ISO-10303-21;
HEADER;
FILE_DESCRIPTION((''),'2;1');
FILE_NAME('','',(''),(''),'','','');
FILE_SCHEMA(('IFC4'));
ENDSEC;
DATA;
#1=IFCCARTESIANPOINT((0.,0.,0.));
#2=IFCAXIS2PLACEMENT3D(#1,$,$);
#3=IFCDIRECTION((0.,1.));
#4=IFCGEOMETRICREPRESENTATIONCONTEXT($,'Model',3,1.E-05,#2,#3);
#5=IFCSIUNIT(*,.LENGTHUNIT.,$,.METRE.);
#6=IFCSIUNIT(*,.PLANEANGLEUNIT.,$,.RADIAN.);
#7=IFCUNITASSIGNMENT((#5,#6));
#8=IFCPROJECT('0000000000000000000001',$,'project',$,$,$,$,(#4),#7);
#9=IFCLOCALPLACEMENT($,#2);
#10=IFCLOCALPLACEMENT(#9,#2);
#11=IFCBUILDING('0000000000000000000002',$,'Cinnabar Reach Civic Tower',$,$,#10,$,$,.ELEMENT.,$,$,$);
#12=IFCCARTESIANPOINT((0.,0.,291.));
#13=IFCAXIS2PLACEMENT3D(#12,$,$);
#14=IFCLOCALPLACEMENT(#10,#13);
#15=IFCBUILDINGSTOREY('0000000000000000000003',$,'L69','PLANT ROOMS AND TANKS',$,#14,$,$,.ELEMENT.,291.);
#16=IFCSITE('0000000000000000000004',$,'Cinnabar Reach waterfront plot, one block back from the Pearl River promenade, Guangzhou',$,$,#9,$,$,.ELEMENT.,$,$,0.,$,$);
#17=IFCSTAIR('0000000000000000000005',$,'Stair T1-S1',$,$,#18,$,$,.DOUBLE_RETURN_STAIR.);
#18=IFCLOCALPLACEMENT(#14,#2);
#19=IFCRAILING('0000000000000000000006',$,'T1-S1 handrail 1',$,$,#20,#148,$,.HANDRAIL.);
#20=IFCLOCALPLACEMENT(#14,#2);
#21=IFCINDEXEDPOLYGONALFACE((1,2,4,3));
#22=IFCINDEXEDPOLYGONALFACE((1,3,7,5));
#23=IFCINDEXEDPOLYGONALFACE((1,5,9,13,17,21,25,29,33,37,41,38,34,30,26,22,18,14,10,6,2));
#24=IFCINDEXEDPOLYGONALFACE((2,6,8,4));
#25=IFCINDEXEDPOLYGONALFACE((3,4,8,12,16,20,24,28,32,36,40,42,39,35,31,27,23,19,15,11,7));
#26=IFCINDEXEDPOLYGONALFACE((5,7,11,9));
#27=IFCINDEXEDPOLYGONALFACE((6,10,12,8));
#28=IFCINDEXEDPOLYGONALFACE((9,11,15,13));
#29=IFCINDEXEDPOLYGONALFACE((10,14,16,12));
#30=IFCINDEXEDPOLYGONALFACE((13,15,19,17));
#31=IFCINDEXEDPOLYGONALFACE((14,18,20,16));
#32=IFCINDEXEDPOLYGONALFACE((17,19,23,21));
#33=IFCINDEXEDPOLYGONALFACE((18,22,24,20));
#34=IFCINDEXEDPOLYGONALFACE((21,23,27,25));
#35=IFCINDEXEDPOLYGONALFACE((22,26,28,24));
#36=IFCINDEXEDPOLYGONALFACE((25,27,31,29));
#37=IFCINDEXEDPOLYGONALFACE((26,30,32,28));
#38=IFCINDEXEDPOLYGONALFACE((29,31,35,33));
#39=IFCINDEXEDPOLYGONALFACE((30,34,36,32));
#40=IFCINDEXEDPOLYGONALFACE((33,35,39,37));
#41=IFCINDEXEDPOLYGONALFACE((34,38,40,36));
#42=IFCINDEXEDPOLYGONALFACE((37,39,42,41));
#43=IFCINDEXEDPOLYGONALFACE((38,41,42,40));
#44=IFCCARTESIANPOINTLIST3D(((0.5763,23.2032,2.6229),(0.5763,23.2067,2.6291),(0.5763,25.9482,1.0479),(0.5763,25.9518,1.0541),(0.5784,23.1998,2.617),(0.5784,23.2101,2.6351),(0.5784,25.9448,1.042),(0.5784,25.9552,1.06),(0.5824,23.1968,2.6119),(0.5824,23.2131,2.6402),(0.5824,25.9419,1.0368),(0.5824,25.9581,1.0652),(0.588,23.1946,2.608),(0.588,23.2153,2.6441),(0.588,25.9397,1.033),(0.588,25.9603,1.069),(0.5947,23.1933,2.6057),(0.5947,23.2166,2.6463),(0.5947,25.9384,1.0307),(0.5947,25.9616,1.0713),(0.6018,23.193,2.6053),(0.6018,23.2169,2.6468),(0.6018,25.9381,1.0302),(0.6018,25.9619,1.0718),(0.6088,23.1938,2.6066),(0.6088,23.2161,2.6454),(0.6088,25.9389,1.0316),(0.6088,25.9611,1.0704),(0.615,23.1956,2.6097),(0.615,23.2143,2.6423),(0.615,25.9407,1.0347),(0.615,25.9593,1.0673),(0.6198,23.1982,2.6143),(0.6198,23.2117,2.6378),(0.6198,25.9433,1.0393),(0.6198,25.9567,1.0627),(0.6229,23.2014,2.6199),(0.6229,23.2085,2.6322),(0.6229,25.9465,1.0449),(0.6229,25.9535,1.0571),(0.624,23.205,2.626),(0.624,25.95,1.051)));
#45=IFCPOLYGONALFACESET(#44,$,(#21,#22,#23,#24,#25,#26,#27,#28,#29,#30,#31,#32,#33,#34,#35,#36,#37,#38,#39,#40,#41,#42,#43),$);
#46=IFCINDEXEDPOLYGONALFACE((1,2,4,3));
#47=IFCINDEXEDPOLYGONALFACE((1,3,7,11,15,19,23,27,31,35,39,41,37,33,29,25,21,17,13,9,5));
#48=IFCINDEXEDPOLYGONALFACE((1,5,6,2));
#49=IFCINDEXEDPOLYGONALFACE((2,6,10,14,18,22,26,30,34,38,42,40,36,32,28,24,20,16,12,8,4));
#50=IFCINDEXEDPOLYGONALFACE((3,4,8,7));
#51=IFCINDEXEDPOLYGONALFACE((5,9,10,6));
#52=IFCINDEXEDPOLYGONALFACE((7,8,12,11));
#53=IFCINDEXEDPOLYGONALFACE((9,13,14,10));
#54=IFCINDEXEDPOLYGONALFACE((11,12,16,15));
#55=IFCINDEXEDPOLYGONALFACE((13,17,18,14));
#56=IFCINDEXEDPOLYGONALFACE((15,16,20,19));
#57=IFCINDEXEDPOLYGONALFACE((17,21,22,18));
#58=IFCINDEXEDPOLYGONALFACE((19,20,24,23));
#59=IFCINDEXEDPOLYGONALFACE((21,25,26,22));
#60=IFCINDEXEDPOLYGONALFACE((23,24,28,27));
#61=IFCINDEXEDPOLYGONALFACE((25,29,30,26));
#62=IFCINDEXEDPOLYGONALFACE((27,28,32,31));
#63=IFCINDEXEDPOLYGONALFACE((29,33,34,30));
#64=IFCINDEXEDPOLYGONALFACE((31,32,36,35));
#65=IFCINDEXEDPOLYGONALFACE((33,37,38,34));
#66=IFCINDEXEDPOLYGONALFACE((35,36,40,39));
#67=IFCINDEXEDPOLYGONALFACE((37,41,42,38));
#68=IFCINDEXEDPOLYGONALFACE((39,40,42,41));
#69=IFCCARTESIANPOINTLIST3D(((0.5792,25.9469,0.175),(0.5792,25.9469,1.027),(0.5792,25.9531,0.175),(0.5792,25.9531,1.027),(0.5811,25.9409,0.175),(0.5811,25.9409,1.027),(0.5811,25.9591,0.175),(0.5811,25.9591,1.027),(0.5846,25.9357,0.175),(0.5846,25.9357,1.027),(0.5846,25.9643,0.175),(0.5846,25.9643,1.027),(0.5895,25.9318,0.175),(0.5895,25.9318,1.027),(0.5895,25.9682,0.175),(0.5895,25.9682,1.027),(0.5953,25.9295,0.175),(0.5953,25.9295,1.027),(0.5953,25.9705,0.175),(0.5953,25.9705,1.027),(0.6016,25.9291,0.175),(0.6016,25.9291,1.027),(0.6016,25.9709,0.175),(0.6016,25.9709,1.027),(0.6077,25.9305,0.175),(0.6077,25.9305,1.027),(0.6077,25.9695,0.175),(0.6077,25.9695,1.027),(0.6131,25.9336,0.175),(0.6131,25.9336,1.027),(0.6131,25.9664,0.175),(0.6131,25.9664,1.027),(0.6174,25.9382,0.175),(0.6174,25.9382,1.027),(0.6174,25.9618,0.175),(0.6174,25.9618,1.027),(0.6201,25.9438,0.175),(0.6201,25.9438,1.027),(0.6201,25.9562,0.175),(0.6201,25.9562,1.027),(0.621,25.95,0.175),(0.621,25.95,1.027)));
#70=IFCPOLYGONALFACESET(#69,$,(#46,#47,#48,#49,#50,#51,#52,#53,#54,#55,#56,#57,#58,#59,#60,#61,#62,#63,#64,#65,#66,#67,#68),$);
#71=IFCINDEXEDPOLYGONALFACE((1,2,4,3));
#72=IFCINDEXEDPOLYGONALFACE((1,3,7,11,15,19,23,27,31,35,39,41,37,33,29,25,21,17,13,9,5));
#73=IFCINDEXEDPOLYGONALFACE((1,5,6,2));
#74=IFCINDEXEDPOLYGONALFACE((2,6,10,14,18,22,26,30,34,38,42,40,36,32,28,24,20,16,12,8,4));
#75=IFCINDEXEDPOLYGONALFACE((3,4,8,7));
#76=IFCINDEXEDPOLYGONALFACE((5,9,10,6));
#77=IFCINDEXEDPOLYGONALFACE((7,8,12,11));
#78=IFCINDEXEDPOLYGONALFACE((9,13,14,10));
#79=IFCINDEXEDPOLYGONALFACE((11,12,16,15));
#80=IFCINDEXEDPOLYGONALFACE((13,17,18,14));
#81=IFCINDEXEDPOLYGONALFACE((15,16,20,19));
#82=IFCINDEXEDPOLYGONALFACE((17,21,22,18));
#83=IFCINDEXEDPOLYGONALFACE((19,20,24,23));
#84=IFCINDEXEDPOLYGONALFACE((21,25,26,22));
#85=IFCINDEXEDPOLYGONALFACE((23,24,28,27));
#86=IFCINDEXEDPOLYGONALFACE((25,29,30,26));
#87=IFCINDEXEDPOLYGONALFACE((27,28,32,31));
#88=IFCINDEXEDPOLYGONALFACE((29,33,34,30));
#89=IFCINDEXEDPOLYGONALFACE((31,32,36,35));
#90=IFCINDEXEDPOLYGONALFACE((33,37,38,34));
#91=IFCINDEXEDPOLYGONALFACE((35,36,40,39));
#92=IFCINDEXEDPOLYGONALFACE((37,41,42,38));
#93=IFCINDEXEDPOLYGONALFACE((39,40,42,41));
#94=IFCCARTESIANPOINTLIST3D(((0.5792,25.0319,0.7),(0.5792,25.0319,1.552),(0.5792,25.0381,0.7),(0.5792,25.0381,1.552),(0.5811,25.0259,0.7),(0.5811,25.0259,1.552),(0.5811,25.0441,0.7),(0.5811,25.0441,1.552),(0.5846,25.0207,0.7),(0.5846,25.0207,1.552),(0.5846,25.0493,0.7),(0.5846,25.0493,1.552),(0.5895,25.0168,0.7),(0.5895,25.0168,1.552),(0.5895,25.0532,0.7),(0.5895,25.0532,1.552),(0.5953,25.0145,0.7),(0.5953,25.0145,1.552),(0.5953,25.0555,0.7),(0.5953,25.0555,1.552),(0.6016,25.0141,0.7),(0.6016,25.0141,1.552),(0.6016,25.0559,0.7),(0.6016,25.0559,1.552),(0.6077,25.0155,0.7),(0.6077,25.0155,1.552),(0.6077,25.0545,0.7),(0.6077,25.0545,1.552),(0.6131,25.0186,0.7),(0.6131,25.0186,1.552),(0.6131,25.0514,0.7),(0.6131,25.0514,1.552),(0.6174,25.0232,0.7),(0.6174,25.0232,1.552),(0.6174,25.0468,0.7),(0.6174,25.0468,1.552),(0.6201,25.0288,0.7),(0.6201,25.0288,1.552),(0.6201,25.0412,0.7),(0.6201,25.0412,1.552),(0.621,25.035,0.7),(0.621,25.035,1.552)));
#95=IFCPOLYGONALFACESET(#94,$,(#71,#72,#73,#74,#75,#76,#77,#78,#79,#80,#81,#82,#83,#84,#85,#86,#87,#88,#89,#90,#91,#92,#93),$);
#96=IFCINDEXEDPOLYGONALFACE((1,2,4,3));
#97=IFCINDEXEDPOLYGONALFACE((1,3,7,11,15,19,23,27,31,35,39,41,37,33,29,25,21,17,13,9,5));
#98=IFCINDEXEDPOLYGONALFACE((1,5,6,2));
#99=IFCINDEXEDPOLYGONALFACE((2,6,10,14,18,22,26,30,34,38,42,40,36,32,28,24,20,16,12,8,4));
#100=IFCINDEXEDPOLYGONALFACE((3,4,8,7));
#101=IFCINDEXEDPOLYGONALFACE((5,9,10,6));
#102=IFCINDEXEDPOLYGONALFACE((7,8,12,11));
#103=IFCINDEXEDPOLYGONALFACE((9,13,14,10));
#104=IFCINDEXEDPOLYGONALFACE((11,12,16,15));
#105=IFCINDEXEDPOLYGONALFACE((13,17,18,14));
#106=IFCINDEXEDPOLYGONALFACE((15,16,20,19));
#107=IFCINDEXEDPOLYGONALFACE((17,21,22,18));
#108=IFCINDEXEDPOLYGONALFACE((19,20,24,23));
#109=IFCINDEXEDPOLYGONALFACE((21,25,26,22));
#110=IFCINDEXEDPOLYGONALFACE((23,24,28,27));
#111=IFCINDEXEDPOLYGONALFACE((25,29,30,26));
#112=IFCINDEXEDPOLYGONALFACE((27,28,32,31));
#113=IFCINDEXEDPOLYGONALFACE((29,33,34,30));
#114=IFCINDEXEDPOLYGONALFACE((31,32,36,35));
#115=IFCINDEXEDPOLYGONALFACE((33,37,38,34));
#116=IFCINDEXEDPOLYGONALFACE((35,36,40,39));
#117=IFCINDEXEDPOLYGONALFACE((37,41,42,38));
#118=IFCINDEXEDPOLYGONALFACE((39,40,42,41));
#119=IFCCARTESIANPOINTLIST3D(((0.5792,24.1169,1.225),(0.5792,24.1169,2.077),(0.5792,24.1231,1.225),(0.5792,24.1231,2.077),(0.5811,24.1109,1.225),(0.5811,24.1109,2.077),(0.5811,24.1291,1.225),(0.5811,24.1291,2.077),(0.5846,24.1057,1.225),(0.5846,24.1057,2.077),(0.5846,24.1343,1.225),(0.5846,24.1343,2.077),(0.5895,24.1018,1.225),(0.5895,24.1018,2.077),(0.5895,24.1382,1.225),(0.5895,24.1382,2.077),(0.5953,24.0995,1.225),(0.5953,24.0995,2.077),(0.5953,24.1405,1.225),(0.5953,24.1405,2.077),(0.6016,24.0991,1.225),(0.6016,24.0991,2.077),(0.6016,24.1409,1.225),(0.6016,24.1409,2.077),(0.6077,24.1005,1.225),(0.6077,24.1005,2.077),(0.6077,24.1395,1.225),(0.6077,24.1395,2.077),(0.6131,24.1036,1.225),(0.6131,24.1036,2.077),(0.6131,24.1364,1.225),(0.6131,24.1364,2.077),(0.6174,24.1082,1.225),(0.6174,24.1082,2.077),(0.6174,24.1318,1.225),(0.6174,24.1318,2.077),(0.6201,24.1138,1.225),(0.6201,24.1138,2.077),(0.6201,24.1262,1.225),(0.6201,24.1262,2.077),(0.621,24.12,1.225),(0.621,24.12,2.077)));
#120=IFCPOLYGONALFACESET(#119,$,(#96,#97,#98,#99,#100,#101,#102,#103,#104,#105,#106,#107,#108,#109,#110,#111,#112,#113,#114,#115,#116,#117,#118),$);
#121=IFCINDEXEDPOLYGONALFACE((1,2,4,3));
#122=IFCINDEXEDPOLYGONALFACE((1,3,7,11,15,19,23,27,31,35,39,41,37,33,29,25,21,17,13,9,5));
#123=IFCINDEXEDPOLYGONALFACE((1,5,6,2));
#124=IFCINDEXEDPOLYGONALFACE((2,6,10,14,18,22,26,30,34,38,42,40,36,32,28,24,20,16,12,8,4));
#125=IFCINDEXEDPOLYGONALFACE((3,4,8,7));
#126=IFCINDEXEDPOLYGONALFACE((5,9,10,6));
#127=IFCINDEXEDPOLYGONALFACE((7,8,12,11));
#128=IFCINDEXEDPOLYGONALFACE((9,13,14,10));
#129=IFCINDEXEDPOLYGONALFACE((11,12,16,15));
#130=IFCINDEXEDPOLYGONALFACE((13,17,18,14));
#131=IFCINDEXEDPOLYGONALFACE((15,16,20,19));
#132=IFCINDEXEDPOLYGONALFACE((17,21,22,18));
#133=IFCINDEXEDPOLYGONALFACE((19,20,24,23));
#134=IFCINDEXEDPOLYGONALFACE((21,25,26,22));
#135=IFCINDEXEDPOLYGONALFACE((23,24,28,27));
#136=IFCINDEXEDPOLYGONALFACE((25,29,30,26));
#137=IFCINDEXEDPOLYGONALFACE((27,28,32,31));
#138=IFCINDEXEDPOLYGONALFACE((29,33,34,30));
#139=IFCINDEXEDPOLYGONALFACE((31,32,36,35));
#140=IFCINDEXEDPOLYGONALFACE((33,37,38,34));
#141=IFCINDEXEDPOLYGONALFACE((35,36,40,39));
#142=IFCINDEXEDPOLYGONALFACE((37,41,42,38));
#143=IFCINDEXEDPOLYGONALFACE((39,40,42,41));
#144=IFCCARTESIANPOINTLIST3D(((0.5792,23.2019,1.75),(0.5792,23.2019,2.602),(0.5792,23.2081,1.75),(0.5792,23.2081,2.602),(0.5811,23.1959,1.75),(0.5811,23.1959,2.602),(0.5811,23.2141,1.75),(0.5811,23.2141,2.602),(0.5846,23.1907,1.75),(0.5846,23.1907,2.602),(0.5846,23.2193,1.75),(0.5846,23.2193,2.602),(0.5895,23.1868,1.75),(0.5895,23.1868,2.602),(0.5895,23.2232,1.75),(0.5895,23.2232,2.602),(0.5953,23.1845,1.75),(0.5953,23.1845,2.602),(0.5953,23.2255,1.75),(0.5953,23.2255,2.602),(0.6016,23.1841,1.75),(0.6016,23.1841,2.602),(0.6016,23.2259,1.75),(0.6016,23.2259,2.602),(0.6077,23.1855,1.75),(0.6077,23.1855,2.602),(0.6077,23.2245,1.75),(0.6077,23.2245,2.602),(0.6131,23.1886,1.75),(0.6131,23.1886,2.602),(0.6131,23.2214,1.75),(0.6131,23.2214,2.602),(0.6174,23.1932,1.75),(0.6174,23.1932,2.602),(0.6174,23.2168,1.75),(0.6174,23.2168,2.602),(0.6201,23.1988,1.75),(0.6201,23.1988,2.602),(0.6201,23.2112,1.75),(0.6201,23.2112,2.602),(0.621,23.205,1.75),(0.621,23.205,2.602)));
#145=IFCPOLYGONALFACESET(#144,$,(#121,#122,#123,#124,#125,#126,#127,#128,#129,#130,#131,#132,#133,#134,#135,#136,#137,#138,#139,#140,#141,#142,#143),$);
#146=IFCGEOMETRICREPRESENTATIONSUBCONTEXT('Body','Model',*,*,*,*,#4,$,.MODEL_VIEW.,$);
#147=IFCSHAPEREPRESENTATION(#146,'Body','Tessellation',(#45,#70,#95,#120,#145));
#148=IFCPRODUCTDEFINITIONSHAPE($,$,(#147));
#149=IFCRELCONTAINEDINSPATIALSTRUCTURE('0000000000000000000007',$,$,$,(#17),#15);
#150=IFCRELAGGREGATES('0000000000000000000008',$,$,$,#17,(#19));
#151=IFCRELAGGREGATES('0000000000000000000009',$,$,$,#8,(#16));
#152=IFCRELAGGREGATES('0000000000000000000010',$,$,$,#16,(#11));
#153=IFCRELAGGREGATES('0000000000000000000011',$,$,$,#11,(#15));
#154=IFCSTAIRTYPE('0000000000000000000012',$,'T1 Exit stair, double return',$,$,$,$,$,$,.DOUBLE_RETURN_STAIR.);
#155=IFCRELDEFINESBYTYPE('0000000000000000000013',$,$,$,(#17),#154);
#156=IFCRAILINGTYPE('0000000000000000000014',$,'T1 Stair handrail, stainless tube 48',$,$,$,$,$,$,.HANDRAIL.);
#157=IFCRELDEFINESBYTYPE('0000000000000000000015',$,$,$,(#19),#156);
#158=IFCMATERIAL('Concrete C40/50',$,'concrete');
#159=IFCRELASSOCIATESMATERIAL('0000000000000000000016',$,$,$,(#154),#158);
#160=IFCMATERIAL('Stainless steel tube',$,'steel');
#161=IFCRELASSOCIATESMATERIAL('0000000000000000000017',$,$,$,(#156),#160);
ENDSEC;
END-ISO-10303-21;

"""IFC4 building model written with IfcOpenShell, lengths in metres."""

from ifc_helpers import new_model, si_unit, direction, frame, origin, origin_2d, place, context, subcontext, project, spatial, circle, extrude, material, type_object, element, aggregate, save


model = new_model("IFC4")

# Units and contexts
model_context = context("Model", 3, precision=1e-05, world=origin(), true_north=direction((0.0, 1.0)))
body_context = subcontext(model_context, "Body", "Model", "MODEL_VIEW")
ifc_project = project(units=[si_unit("LENGTHUNIT", "METRE"), si_unit("PLANEANGLEUNIT", "RADIAN")], contexts=[model_context])

# Site, building, storey
site_placement = place(None, origin())
site = spatial("IfcSite", under=ifc_project, at=site_placement, Name="Cinnabar Reach waterfront plot, one block back from the Pearl River promenade, Guangzhou", CompositionType="ELEMENT", RefElevation=0.0)
building_placement = place(site_placement, origin())
building = spatial("IfcBuilding", under=site, at=building_placement, Name="Cinnabar Reach Civic Tower", CompositionType="ELEMENT")
storey_placement = place(building_placement, frame((0.0, 0.0, 291.0)))
storey = spatial("IfcBuildingStorey", under=building, at=storey_placement, Name="L69", Description="PLANT ROOMS AND TANKS", CompositionType="ELEMENT", Elevation=291.0)

# Shared definitions
ifc_material_1 = material(Name="Concrete C40/50", Category="concrete")

# Stair, railing
stair_type = type_object("IfcStairType", Name="T1 Exit stair, double return", PredefinedType="DOUBLE_RETURN_STAIR", material=ifc_material_1)
stair_placement = place(storey_placement, origin())
stair = element("IfcStair", 1, at=stair_placement, inside=storey, type_object=stair_type, Name="Stair T1-S1", PredefinedType="DOUBLE_RETURN_STAIR")
ifc_material_2 = material(Name="Stainless steel tube", Category="steel")
railing_type = type_object("IfcRailingType", Name="T1 Stair handrail, stainless tube 48", PredefinedType="HANDRAIL", material=ifc_material_2)
railing_1_placement = place(storey_placement, frame((0.6, 25.95, 0.175)))
railing_1 = element("IfcRailing", 2, at=railing_1_placement, type_object=railing_type, Name="T1-S1 handrail 1", PredefinedType="HANDRAIL", context=body_context, shape_type="SweptSolid", body=[
    extrude(circle(Radius=0.024, at=origin_2d()), frame((0.0, 0.0, 0.876), z_axis=(0.0, -0.867367, 0.497669), x_axis=(1.0, 0.0, 0.0)), (0.0, 0.0, 1.0), 3.1648),
    extrude(circle(Radius=0.021, at=origin_2d()), origin(), (0.0, 0.0, 1.0), 0.852),
    extrude(circle(Radius=0.021, at=origin_2d()), frame((0.0, -0.915, 0.525)), (0.0, 0.0, 1.0), 0.852),
    extrude(circle(Radius=0.021, at=origin_2d()), frame((0.0, -1.83, 1.05)), (0.0, 0.0, 1.0), 0.852),
    extrude(circle(Radius=0.021, at=origin_2d()), frame((0.0, -2.745, 1.575)), (0.0, 0.0, 1.0), 0.852),
])
aggregate(stair, [railing_1])

save(model, "model.ifc")
